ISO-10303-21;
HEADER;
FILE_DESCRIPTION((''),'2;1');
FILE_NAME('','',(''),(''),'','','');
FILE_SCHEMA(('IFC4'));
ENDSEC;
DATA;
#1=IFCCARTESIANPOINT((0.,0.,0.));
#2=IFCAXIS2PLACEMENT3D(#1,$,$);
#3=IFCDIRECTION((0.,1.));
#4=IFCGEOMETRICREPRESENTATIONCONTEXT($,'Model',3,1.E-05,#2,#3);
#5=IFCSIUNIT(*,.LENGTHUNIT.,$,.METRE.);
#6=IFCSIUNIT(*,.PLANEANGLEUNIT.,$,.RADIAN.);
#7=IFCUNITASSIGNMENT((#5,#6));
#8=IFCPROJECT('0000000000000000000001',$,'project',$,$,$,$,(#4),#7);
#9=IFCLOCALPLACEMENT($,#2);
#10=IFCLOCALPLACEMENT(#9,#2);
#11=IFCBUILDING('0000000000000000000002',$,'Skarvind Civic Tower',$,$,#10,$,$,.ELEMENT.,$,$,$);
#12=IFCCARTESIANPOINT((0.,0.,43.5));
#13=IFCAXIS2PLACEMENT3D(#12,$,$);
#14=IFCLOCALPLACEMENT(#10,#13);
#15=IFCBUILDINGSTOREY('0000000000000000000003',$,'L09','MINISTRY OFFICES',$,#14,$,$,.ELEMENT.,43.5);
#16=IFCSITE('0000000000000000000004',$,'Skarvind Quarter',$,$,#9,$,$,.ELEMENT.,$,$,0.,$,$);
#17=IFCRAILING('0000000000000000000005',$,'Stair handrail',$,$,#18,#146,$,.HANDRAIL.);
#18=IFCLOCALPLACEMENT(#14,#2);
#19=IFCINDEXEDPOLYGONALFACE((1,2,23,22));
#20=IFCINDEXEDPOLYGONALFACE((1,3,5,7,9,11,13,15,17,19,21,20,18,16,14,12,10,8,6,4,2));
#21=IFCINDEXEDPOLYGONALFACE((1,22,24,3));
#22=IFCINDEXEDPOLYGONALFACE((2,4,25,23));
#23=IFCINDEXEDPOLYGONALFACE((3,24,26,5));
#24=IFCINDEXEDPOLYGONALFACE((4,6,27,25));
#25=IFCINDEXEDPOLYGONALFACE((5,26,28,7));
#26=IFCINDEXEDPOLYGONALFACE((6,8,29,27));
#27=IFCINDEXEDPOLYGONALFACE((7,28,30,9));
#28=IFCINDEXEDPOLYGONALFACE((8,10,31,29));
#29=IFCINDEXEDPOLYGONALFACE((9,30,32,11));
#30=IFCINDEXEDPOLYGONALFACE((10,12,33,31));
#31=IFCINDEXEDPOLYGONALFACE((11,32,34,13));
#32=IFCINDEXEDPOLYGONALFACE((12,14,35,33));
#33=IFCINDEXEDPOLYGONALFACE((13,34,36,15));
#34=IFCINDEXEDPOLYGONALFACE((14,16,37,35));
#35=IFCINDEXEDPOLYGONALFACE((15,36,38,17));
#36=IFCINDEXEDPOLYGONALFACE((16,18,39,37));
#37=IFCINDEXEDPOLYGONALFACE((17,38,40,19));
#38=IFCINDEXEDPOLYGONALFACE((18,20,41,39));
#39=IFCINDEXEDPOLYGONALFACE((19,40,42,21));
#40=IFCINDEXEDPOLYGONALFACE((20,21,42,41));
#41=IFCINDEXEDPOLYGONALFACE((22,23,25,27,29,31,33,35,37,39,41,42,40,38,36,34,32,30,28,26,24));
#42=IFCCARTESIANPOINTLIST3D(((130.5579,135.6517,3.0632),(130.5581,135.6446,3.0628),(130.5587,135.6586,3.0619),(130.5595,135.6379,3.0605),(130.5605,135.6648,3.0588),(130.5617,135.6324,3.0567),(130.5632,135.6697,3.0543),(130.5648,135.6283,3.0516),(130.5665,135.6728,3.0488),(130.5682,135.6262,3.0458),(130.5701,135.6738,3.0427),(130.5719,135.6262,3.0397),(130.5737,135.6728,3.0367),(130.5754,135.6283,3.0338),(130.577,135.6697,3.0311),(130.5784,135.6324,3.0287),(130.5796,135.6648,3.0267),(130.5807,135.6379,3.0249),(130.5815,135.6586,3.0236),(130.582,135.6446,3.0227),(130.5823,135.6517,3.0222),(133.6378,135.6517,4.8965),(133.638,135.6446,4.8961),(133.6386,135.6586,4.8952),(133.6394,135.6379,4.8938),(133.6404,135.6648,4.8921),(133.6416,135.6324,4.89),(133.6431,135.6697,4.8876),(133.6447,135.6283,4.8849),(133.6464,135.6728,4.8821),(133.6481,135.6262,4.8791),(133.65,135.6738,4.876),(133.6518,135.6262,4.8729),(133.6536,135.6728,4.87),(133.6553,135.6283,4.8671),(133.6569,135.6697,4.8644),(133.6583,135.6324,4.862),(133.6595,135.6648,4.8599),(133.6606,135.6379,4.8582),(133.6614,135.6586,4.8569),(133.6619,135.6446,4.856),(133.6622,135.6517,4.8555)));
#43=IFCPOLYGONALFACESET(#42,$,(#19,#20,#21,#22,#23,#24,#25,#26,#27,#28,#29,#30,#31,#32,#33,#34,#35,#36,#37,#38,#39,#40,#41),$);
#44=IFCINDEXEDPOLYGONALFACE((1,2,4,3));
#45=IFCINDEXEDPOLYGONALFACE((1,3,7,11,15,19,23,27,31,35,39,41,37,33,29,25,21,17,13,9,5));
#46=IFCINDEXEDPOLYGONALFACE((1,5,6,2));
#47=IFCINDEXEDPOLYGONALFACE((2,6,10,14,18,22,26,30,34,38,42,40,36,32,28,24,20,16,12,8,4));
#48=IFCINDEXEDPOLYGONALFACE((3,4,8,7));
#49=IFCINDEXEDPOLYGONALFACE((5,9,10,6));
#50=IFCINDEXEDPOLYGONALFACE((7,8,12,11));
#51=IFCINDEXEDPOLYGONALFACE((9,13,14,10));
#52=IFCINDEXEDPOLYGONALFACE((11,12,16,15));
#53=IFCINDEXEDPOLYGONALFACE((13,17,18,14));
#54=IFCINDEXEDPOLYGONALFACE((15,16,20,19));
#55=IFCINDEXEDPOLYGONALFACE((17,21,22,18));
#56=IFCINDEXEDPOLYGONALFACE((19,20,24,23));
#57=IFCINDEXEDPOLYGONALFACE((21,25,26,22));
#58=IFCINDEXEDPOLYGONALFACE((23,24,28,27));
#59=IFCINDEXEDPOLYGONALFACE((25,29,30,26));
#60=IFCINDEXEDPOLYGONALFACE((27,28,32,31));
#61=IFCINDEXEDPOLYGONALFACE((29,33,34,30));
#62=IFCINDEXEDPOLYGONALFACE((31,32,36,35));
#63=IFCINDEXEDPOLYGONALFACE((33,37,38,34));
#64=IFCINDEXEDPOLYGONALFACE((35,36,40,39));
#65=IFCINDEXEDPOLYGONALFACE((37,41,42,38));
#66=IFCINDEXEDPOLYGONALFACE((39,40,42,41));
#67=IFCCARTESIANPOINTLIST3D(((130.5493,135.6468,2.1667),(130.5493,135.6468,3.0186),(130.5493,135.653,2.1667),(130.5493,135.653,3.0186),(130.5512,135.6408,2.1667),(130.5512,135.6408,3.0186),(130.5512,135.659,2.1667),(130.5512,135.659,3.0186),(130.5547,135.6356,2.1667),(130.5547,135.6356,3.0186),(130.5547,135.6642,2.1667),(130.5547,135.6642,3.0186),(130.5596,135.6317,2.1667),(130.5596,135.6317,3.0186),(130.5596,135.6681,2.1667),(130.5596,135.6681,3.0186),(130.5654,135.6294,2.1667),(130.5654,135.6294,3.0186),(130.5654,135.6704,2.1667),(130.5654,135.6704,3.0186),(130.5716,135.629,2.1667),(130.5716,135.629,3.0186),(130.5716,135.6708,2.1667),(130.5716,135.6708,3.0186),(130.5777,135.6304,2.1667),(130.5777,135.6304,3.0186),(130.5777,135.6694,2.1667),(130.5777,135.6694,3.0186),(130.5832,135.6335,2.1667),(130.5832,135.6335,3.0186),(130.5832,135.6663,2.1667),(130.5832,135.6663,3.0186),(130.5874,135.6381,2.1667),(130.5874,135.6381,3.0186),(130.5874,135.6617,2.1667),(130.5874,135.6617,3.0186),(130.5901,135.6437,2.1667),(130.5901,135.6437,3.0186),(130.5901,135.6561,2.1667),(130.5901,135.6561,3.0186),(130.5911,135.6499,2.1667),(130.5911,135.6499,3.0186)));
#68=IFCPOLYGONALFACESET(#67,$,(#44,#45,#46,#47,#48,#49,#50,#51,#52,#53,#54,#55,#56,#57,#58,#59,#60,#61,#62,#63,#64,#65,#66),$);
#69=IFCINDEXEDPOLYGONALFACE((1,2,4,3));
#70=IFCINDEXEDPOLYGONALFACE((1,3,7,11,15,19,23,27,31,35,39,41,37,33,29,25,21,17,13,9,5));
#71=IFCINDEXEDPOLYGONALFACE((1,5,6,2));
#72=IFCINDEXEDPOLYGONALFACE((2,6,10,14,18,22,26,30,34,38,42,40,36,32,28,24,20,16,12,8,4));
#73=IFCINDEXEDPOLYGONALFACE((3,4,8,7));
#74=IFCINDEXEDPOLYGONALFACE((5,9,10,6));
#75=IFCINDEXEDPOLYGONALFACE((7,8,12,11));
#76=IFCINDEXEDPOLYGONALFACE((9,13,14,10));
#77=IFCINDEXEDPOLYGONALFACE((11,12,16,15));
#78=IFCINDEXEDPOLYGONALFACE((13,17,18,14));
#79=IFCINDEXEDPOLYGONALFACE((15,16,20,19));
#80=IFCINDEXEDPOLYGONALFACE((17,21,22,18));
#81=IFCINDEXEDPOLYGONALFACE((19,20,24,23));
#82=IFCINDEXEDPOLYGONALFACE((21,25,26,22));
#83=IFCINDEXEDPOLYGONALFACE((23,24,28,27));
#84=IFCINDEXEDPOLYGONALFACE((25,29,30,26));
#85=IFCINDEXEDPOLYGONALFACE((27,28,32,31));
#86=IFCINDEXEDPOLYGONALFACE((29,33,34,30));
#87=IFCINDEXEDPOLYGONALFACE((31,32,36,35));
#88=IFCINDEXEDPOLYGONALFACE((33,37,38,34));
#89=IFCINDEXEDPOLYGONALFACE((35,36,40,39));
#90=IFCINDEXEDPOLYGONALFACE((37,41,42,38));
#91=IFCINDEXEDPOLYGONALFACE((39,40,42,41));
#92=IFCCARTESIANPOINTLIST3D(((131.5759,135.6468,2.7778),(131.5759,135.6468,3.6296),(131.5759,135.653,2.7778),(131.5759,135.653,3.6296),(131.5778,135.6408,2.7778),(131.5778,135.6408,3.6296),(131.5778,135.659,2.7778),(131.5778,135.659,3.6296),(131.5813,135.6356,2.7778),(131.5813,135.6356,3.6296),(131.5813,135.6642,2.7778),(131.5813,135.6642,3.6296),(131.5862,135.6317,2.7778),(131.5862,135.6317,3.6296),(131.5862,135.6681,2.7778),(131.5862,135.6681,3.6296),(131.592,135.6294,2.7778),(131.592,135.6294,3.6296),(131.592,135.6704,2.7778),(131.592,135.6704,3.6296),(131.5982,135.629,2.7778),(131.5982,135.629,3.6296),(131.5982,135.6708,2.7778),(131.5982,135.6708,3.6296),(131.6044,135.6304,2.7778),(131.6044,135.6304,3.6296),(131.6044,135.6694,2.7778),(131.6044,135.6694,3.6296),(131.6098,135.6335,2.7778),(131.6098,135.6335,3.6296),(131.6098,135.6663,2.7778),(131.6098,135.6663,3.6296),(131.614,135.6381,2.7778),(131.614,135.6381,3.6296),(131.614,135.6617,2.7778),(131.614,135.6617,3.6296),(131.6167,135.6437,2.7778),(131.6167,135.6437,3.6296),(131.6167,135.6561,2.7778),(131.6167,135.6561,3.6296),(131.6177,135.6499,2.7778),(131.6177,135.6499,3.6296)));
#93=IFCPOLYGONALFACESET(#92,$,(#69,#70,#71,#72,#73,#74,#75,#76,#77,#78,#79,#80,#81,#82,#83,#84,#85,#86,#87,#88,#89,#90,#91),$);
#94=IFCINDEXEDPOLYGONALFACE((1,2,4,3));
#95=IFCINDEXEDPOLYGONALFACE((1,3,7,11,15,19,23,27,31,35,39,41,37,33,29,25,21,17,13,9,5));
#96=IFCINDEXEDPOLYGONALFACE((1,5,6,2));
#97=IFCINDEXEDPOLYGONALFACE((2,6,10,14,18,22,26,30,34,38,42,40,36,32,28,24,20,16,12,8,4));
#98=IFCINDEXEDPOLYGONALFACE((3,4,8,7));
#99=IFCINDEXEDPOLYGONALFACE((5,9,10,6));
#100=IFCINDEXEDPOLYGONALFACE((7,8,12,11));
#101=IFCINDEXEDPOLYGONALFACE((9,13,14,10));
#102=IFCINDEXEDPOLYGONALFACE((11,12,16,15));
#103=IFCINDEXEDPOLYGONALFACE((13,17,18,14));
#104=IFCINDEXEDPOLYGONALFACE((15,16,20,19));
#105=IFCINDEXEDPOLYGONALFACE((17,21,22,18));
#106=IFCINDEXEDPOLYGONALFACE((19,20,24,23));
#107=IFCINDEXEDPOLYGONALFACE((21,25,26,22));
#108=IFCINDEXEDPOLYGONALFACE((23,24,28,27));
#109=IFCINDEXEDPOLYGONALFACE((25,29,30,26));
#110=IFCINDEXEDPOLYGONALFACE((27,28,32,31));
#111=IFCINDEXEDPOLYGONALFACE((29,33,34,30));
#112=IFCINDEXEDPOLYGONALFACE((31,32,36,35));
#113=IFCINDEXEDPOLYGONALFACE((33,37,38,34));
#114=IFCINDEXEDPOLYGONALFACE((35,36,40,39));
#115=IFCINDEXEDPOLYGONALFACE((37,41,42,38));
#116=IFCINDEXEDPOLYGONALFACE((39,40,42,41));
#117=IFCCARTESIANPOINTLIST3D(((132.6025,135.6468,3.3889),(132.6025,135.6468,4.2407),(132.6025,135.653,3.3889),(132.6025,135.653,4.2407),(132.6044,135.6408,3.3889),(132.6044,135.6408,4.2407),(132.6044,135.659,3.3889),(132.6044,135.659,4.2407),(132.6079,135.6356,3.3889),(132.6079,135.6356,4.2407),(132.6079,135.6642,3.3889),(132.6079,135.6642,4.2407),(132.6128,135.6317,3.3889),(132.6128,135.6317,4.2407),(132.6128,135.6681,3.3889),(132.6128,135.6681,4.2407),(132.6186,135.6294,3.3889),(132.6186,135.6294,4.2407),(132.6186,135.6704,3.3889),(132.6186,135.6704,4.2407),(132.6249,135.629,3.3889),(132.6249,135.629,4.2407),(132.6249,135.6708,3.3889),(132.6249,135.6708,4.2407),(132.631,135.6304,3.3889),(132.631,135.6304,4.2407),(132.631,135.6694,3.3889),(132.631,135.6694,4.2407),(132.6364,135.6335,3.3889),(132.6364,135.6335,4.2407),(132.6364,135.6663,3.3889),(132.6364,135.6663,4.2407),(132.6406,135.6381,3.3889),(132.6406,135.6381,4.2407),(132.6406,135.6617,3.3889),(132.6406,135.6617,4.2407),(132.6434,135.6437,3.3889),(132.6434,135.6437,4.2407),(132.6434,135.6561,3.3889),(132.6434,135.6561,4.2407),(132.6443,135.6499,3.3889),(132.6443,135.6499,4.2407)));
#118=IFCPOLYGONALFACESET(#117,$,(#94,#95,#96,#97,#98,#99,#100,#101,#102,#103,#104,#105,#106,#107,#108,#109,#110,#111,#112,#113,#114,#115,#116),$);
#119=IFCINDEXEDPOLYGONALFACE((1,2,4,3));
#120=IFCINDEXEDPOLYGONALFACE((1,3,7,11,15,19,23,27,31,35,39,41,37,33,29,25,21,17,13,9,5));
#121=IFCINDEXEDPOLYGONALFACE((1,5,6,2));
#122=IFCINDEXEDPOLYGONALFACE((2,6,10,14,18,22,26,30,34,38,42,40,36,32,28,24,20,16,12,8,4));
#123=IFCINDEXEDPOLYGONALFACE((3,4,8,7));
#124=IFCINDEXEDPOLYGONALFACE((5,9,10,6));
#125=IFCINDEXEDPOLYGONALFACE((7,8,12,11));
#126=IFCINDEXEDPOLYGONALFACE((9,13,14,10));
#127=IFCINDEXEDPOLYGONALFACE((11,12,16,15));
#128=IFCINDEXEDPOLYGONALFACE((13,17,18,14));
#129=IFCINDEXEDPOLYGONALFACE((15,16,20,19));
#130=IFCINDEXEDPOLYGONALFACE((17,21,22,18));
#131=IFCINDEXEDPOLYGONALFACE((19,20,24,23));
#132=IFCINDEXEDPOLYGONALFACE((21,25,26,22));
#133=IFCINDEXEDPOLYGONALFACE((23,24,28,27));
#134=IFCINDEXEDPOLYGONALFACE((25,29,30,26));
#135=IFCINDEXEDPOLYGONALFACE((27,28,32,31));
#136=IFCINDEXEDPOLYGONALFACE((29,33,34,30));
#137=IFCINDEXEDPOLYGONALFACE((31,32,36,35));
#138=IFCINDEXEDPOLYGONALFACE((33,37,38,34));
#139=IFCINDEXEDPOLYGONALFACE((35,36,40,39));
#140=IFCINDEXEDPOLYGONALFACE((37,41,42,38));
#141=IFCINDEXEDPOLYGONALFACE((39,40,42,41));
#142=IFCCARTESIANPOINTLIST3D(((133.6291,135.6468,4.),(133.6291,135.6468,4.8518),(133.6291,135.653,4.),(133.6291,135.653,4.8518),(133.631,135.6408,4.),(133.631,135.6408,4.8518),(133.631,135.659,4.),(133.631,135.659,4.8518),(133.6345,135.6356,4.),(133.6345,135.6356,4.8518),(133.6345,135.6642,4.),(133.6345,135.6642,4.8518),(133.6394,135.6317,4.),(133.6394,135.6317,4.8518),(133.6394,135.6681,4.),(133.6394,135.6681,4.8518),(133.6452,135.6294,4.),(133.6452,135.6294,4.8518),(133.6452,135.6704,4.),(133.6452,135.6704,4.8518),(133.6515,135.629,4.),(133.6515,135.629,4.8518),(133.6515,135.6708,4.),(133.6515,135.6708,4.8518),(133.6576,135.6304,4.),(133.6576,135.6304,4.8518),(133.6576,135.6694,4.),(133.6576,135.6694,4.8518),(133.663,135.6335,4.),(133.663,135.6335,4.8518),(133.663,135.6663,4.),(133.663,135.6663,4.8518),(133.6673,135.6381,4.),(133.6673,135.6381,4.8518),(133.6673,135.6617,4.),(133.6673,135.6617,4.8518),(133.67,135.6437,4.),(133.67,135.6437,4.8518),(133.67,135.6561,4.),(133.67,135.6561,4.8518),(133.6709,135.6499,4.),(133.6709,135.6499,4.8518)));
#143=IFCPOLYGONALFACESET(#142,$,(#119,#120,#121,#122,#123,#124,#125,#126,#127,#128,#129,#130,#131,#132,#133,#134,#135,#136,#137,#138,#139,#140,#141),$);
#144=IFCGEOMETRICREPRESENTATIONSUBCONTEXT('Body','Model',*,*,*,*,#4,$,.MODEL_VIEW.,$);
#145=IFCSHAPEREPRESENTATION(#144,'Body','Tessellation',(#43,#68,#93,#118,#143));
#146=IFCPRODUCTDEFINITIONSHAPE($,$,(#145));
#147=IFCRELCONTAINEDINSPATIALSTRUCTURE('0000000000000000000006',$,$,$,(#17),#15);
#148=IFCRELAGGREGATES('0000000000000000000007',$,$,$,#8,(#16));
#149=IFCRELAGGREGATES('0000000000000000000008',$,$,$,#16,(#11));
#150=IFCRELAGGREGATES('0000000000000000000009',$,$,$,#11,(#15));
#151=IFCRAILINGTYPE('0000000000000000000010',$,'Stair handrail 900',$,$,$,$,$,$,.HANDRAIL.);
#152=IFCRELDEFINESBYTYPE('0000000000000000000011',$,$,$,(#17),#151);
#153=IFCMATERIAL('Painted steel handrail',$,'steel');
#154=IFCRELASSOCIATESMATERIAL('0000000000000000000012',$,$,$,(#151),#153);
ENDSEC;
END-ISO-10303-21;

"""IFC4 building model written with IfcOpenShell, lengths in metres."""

from ifc_helpers import new_model, si_unit, direction, frame, origin, origin_2d, place, context, subcontext, project, spatial, circle, extrude, material, type_object, element, save


model = new_model("IFC4")

# Units and contexts
model_context = context("Model", 3, precision=1e-05, world=origin(), true_north=direction((0.0, 1.0)))
body_context = subcontext(model_context, "Body", "Model", "MODEL_VIEW")
ifc_project = project(units=[si_unit("LENGTHUNIT", "METRE"), si_unit("PLANEANGLEUNIT", "RADIAN")], contexts=[model_context])

# Site, building, storey
site_placement = place(None, origin())
site = spatial("IfcSite", under=ifc_project, at=site_placement, Name="Skarvind Quarter", CompositionType="ELEMENT", RefElevation=0.0)
building_placement = place(site_placement, origin())
building = spatial("IfcBuilding", under=site, at=building_placement, Name="Skarvind Civic Tower", CompositionType="ELEMENT")
storey_placement = place(building_placement, frame((0.0, 0.0, 43.5)))
storey = spatial("IfcBuildingStorey", under=building, at=storey_placement, Name="L09", Description="MINISTRY OFFICES", CompositionType="ELEMENT", Elevation=43.5)

# Railing
ifc_material_1 = material(Name="Painted steel handrail", Category="steel")
railing_type = type_object("IfcRailingType", Name="Stair handrail 900", PredefinedType="HANDRAIL", material=ifc_material_1)
railing_1_placement = place(storey_placement, frame((130.5701, 135.6499, 2.1667)))
element("IfcRailing", 1, at=railing_1_placement, inside=storey, type_object=railing_type, Name="Stair handrail", PredefinedType="HANDRAIL", context=body_context, shape_type="SweptSolid", body=[
    extrude(circle(Radius=0.0239, at=origin_2d()), frame((0.0, 0.0, 0.876), z_axis=(0.859291, 0.0, 0.511487), x_axis=(0.0, 1.0, 0.0)), (0.0, 0.0, 1.0), 3.5842),
    extrude(circle(Radius=0.021, at=origin_2d()), origin(), (0.0, 0.0, 1.0), 0.8518),
    extrude(circle(Radius=0.021, at=origin_2d()), frame((1.0266, 0.0, 0.6111)), (0.0, 0.0, 1.0), 0.8518),
    extrude(circle(Radius=0.021, at=origin_2d()), frame((2.0532, 0.0, 1.2222)), (0.0, 0.0, 1.0), 0.8518),
    extrude(circle(Radius=0.021, at=origin_2d()), frame((3.0798, 0.0, 1.8333)), (0.0, 0.0, 1.0), 0.8518),
])

save(model, "model.ifc")
